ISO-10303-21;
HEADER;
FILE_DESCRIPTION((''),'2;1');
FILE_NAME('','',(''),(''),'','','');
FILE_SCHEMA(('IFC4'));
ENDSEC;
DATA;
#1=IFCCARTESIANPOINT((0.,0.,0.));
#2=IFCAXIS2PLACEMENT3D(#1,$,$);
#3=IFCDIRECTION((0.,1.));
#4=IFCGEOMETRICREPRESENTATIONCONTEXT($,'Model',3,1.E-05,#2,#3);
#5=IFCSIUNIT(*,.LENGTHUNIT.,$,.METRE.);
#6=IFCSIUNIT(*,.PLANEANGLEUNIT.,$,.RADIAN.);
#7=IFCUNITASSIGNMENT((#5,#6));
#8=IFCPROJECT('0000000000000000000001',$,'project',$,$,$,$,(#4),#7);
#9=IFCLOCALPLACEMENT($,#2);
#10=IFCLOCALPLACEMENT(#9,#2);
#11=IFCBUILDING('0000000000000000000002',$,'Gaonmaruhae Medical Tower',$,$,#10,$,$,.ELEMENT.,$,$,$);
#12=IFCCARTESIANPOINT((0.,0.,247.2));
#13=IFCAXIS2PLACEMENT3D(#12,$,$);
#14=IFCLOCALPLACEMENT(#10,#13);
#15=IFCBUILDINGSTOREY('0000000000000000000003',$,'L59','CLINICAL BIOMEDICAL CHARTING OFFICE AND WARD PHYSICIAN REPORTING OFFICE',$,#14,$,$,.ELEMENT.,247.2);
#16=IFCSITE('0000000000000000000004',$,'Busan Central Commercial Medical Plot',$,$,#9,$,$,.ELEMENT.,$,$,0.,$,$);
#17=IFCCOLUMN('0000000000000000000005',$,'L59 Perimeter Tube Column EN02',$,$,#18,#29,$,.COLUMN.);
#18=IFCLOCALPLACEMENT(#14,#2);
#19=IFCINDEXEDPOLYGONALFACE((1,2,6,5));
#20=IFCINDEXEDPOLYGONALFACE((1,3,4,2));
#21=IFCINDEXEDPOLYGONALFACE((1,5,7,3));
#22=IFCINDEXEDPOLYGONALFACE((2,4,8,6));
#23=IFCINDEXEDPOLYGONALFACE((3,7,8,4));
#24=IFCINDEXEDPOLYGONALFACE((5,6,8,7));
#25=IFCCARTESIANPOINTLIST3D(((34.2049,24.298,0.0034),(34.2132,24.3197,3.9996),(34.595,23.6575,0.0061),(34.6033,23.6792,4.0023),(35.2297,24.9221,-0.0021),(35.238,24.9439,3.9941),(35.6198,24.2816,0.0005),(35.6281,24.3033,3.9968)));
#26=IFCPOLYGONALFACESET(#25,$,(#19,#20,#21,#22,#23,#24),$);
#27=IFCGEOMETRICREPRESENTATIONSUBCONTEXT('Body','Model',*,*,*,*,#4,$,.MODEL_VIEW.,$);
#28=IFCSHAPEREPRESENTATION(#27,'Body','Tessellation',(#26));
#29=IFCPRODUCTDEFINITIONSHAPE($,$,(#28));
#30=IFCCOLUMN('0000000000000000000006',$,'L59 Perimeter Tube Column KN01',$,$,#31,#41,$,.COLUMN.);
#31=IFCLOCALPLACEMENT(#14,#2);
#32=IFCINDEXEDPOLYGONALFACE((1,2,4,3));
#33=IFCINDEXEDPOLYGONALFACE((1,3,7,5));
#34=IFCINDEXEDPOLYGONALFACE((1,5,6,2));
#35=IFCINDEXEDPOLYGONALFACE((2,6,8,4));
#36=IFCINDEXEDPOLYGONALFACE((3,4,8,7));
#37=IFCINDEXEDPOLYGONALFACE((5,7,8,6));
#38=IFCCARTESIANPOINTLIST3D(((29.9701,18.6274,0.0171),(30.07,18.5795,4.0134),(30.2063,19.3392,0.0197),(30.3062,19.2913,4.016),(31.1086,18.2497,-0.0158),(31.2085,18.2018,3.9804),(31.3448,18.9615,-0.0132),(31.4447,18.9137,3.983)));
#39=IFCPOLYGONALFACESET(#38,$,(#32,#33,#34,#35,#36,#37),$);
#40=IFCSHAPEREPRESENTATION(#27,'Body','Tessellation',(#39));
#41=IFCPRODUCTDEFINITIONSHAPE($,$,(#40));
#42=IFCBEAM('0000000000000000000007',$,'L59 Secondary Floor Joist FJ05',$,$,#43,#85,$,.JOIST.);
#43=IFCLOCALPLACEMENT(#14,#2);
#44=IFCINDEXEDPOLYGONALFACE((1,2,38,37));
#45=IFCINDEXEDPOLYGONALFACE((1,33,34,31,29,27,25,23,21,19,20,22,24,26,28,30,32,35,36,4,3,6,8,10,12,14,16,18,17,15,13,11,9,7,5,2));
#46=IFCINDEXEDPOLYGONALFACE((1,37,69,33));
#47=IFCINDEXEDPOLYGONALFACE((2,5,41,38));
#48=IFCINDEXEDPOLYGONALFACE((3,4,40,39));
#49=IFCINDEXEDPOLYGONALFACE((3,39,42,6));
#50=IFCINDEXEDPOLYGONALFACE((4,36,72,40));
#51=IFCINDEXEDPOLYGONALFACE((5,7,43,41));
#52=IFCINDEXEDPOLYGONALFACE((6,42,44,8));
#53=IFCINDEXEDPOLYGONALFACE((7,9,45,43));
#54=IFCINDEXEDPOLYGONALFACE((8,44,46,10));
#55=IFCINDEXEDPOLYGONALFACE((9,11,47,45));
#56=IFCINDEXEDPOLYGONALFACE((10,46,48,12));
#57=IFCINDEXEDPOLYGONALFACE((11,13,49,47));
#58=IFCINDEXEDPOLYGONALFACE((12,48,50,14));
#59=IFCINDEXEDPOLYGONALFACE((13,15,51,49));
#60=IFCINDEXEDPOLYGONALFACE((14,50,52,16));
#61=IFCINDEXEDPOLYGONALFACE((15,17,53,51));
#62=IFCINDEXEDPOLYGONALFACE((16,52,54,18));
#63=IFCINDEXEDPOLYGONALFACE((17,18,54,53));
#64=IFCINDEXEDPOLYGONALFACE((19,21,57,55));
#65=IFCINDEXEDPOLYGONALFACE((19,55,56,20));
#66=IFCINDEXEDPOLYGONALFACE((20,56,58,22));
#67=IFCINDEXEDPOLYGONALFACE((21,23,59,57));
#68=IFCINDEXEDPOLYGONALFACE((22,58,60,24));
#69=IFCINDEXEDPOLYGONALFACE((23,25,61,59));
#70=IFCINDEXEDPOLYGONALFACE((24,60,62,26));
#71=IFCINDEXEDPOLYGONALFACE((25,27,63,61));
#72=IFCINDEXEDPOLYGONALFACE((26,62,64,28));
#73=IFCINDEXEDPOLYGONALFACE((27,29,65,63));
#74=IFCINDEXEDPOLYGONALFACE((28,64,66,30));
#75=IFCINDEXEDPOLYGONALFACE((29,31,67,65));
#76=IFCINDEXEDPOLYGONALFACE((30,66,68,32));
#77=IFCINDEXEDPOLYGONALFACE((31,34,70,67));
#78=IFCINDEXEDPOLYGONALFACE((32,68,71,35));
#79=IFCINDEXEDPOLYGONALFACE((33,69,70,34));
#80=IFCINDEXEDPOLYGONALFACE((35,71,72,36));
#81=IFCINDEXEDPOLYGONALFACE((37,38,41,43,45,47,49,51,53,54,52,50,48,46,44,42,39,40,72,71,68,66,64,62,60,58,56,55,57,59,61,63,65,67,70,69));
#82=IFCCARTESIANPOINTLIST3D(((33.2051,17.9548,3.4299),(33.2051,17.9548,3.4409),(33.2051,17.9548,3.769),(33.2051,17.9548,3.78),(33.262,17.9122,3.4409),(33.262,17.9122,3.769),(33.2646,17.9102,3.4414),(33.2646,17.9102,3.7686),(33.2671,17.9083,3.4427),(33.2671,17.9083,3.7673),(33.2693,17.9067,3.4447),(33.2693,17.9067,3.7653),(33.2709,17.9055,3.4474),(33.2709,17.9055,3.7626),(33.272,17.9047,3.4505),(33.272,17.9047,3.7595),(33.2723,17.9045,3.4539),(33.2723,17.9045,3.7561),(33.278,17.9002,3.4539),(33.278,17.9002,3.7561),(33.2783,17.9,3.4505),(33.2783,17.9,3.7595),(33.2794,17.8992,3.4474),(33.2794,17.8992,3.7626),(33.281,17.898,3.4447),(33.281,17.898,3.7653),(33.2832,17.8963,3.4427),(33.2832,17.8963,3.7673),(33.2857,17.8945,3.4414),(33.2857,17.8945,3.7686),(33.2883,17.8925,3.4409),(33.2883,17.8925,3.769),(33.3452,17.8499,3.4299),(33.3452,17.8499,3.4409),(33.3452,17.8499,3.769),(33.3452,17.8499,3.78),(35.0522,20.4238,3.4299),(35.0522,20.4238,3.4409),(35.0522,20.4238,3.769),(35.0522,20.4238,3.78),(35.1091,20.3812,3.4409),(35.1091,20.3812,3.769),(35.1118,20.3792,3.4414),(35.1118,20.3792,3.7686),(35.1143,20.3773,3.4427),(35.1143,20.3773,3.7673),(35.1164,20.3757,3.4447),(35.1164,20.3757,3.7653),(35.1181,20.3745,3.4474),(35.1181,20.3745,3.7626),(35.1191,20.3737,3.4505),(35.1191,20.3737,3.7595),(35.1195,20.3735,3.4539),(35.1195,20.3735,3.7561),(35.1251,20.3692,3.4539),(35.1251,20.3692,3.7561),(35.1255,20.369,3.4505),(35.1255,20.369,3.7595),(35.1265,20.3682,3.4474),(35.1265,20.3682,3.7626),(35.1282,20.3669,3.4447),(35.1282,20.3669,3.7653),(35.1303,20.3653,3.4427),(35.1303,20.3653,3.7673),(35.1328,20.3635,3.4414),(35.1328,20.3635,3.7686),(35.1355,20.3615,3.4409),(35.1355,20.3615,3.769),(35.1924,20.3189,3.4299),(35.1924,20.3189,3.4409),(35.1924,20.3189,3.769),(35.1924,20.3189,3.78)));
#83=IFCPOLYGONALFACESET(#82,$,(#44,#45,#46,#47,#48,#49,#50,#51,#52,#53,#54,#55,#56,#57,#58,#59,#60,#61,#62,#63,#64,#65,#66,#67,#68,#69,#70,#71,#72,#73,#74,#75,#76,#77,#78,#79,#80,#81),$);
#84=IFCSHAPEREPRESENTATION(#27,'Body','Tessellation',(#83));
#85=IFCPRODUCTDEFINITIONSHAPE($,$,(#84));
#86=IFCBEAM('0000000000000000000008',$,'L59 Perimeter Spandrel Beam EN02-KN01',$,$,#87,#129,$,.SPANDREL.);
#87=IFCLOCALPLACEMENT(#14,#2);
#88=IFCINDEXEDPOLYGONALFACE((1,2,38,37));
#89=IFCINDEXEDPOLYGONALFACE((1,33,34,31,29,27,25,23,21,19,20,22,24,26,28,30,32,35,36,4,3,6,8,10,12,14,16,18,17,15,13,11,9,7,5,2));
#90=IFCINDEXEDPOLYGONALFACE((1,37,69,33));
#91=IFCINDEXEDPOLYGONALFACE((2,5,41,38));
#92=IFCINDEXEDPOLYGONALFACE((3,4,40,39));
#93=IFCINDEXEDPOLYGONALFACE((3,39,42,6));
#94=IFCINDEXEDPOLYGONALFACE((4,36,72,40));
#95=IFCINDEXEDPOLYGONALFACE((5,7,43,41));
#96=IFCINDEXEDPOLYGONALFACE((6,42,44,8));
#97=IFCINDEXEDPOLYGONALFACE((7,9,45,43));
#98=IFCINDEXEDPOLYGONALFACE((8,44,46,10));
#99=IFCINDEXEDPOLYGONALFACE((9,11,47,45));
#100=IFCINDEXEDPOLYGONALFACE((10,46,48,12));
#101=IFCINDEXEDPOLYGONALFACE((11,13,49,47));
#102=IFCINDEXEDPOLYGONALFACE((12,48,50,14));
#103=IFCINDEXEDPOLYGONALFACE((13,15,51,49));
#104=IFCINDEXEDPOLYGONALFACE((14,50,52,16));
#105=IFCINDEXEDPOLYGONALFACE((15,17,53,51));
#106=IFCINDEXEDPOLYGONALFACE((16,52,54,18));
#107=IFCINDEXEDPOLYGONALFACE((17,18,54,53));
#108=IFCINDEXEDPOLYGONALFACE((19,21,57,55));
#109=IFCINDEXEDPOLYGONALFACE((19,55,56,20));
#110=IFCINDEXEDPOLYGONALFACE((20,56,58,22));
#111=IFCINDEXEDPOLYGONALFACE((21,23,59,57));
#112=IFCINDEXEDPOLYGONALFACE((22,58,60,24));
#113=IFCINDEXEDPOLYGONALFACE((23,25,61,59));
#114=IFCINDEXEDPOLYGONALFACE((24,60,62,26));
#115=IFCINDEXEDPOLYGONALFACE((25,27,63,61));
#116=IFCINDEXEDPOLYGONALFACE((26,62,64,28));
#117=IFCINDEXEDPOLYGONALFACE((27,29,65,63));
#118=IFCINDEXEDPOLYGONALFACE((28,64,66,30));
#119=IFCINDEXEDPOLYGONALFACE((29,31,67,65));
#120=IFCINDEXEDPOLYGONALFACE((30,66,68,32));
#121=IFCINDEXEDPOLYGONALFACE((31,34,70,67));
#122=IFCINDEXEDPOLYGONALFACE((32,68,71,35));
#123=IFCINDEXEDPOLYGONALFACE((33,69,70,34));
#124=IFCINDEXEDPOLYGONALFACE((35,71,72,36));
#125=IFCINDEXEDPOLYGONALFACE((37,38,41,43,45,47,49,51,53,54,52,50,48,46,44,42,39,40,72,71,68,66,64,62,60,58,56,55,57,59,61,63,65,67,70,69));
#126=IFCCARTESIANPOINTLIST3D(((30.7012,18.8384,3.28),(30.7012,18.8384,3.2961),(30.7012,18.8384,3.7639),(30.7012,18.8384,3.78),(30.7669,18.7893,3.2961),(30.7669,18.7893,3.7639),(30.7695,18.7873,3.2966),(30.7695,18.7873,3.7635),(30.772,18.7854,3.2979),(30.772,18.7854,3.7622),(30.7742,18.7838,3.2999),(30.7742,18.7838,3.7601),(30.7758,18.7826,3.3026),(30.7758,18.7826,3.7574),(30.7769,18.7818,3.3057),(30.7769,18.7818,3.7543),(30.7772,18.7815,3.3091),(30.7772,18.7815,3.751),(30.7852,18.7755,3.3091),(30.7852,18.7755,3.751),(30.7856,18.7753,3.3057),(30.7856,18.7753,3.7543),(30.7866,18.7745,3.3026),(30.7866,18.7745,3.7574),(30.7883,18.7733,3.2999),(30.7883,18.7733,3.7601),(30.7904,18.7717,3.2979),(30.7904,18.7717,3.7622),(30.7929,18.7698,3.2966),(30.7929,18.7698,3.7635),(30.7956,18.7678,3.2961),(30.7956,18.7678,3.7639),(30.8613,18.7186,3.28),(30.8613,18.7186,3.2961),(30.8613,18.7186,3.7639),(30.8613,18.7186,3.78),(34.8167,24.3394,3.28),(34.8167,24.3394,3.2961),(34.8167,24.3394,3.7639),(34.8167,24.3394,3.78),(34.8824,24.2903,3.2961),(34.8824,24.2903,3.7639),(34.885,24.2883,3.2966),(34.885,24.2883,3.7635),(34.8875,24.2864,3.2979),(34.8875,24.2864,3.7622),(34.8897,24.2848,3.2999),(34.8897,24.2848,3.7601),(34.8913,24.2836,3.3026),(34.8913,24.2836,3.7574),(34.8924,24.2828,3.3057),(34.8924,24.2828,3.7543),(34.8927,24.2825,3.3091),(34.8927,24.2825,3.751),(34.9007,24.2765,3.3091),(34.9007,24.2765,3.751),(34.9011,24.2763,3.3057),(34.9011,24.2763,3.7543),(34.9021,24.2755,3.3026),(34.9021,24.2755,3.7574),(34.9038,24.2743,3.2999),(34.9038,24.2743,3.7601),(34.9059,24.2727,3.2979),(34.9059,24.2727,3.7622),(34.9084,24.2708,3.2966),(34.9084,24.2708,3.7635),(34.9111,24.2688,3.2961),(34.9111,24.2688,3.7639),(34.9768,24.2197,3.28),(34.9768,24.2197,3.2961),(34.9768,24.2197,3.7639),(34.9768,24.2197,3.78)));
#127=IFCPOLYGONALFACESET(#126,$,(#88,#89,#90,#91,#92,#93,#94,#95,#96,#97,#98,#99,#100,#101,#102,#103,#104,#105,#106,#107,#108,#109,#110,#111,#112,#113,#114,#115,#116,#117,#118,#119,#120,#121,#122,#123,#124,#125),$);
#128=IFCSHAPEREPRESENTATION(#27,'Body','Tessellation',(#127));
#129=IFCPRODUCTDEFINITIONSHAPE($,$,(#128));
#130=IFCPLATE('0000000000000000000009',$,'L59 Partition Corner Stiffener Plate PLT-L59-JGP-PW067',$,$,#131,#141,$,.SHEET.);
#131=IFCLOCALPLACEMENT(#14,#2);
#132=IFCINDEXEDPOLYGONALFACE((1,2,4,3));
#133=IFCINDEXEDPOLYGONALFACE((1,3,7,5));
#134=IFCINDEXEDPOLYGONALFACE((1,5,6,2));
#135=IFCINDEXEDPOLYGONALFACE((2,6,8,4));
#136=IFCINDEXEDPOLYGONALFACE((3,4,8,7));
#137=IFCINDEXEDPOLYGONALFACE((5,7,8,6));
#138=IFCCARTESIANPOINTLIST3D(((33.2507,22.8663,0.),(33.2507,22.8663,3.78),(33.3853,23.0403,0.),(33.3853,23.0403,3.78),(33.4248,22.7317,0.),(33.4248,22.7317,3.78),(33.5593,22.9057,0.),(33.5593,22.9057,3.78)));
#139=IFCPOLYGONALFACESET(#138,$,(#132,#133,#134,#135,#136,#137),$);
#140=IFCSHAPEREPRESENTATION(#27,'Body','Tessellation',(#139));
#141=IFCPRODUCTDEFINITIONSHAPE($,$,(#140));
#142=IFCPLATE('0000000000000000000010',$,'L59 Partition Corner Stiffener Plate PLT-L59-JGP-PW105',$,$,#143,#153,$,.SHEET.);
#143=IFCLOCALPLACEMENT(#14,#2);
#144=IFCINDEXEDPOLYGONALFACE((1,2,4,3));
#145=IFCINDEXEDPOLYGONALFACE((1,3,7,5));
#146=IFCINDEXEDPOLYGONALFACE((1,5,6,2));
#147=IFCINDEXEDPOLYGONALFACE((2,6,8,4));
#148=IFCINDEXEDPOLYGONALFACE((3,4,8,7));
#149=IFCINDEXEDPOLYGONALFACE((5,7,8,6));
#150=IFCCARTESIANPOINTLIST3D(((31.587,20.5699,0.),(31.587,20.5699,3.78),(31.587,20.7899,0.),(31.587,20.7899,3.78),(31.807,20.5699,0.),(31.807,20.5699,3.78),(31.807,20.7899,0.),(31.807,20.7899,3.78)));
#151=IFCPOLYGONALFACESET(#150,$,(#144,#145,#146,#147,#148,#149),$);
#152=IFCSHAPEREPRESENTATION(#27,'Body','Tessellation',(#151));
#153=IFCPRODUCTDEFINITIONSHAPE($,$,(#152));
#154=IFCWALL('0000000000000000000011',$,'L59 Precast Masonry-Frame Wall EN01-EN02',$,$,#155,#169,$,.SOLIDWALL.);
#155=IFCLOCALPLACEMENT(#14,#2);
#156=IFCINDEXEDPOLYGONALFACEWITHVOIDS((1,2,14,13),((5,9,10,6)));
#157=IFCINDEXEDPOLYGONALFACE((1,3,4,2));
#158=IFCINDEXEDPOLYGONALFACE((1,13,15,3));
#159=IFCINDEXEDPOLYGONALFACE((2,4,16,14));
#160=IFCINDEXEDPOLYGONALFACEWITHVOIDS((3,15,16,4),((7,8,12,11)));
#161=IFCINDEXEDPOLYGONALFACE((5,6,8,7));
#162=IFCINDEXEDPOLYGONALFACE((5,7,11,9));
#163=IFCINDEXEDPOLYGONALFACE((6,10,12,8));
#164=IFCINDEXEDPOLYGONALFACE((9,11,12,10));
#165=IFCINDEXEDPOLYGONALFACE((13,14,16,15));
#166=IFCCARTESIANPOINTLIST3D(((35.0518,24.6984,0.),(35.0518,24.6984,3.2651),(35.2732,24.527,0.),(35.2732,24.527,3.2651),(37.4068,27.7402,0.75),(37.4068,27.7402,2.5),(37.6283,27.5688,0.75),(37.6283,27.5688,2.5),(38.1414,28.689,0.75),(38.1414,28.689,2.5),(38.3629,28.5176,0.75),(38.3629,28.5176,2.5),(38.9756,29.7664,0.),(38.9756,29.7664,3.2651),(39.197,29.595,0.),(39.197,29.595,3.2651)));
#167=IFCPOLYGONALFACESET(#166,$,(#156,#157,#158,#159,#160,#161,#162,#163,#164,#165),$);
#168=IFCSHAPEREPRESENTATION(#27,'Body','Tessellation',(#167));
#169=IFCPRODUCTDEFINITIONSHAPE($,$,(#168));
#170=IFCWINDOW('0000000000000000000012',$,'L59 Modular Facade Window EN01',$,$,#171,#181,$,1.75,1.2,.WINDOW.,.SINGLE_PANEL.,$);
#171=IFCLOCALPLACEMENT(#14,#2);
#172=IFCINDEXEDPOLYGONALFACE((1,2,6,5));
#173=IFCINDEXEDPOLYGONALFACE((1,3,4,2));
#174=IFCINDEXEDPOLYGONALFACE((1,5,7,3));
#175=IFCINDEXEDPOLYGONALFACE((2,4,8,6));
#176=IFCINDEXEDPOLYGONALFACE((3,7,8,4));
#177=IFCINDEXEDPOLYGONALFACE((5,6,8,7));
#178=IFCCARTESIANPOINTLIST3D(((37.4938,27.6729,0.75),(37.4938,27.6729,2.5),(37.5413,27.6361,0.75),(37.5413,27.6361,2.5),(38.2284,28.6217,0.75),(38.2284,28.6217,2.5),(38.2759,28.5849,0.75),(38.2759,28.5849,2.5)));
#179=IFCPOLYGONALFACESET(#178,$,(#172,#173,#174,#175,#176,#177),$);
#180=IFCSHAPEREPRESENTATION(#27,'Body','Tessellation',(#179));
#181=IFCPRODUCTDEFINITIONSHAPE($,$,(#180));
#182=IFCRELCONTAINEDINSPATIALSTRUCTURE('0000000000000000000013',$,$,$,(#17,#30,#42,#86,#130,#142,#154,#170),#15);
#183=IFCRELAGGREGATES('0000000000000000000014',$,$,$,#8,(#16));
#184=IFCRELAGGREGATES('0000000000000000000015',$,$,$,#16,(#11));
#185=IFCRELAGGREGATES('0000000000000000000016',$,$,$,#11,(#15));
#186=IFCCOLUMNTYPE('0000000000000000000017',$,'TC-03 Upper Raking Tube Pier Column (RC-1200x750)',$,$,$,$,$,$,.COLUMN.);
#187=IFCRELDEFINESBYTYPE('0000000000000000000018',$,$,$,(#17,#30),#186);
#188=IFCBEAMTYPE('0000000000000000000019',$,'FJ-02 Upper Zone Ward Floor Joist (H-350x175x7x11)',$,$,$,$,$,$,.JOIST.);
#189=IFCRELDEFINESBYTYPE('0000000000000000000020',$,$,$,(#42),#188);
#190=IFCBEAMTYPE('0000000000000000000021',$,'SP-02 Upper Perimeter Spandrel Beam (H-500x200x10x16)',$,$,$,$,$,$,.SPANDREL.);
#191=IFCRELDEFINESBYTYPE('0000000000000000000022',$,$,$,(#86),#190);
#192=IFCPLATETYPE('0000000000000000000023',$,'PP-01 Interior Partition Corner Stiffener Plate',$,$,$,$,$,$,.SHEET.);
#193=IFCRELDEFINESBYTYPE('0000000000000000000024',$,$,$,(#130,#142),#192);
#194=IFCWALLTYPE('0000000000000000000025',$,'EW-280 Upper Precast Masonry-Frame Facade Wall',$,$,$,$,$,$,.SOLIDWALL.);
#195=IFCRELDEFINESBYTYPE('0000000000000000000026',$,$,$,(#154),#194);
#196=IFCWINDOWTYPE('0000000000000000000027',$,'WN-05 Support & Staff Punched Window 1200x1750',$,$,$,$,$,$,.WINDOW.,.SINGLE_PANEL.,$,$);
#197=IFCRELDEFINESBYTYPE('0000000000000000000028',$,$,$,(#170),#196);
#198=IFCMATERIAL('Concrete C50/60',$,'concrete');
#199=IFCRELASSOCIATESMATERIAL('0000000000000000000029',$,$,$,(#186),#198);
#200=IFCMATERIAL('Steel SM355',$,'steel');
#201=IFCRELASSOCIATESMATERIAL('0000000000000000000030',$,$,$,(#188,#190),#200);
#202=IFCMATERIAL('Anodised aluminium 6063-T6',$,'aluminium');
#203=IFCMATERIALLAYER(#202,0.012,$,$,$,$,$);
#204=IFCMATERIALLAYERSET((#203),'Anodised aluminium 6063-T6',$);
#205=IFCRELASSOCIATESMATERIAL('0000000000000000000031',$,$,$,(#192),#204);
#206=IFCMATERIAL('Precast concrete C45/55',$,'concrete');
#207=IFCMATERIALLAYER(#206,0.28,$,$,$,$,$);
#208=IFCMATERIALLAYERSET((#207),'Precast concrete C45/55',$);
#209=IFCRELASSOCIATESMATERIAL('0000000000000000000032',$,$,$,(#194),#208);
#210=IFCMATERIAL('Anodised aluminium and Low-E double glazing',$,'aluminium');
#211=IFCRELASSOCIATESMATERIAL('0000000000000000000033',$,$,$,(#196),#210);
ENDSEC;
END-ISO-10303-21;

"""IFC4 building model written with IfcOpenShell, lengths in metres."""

from ifc_helpers import new_model, si_unit, direction, frame, frame_2d, origin, origin_2d, place, context, subcontext, project, spatial, rectangle, i_section, extrude, material, layer, layer_set, material_profile, profile_set, type_object, element, fill, save


model = new_model("IFC4")

# Units and contexts
model_context = context("Model", 3, precision=1e-05, world=origin(), true_north=direction((0.0, 1.0)))
body_context = subcontext(model_context, "Body", "Model", "MODEL_VIEW")
ifc_project = project(units=[si_unit("LENGTHUNIT", "METRE"), si_unit("PLANEANGLEUNIT", "RADIAN")], contexts=[model_context])

# Site, building, storey
site_placement = place(None, origin())
site = spatial("IfcSite", under=ifc_project, at=site_placement, Name="Busan Central Commercial Medical Plot", CompositionType="ELEMENT", RefElevation=0.0)
building_placement = place(site_placement, origin())
building = spatial("IfcBuilding", under=site, at=building_placement, Name="Gaonmaruhae Medical Tower", CompositionType="ELEMENT")
storey_placement = place(building_placement, frame((0.0, 0.0, 247.2)))
storey = spatial("IfcBuildingStorey", under=building, at=storey_placement, Name="L59", Description="CLINICAL BIOMEDICAL CHARTING OFFICE AND WARD PHYSICIAN REPORTING OFFICE", CompositionType="ELEMENT", Elevation=247.2)

# Columns
ifc_material_1 = material(Name="Concrete C50/60", Category="concrete")
ifc_material_profile_1 = material_profile(ifc_material_1, rectangle(XDim=1.2, YDim=0.75, at=origin_2d()), Name="RC-1200x750")
ifc_profile_set_1 = profile_set([ifc_material_profile_1], Name="Concrete C50/60")
column_type = type_object("IfcColumnType", Name="TC-03 Upper Raking Tube Pier Column (RC-1200x750)", PredefinedType="COLUMN", material=ifc_profile_set_1)
column_1_placement = place(storey_placement, frame((34.9124, 24.2898, 0.002), z_axis=(0.002077, 0.005437, 0.999983), x_axis=(-0.854073, -0.520133, 0.004602)))
element("IfcColumn", 1, at=column_1_placement, inside=storey, type_object=column_type, Name="L59 Perimeter Tube Column EN02", PredefinedType="COLUMN", context=body_context, shape_type="SweptSolid", body=[
    extrude(rectangle(XDim=1.2, YDim=0.75, at=origin_2d()), origin(), (0.0, 0.0, 1.0), 3.9963),
])
column_2_placement = place(storey_placement, frame((30.6575, 18.7944, 0.002), z_axis=(0.024977, -0.011969, 0.999616), x_axis=(-0.948783, 0.314732, 0.027475)))
element("IfcColumn", 2, at=column_2_placement, inside=storey, type_object=column_type, Name="L59 Perimeter Tube Column KN01", PredefinedType="COLUMN", context=body_context, shape_type="SweptSolid", body=[
    extrude(rectangle(XDim=1.2, YDim=0.75, at=origin_2d()), origin(), (0.0, 0.0, 1.0), 3.9978),
])

# Beams
ifc_material_2 = material(Name="Steel SM355", Category="steel")
ifc_material_profile_2 = material_profile(ifc_material_2, i_section(OverallWidth=0.175, OverallDepth=0.3501, WebThickness=0.0071, FlangeThickness=0.011, FilletRadius=0.0129, at=origin_2d()), Name="H-350x175x7x11")
ifc_profile_set_2 = profile_set([ifc_material_profile_2], Name="Steel SM355")
beam_type_1 = type_object("IfcBeamType", Name="FJ-02 Upper Zone Ward Floor Joist (H-350x175x7x11)", PredefinedType="JOIST", material=ifc_profile_set_2)
beam_1_placement = place(storey_placement, frame((35.1223, 20.3713, 3.605), z_axis=(-0.599049, -0.800712, 0.0), x_axis=(0.800712, -0.599049, 0.0)))
element("IfcBeam", 3, at=beam_1_placement, inside=storey, type_object=beam_type_1, Name="L59 Secondary Floor Joist FJ05", PredefinedType="JOIST", context=body_context, shape_type="SweptSolid", body=[
    extrude(i_section(OverallWidth=0.175, OverallDepth=0.3501, WebThickness=0.0071, FlangeThickness=0.011, FilletRadius=0.0129, at=origin_2d()), origin(), (0.0, 0.0, 1.0), 3.0835),
])
ifc_material_profile_3 = material_profile(ifc_material_2, i_section(OverallWidth=0.2, OverallDepth=0.5, WebThickness=0.01, FlangeThickness=0.0161, FilletRadius=0.0129, at=origin_2d()), Name="H-500x200x10x16")
ifc_profile_set_3 = profile_set([ifc_material_profile_3], Name="Steel SM355")
beam_type_2 = type_object("IfcBeamType", Name="SP-02 Upper Perimeter Spandrel Beam (H-500x200x10x16)", PredefinedType="SPANDREL", material=ifc_profile_set_3)
beam_2_placement = place(storey_placement, frame((34.8967, 24.2795, 3.53), z_axis=(-0.599044, -0.800716, 0.0), x_axis=(0.800716, -0.599044, 0.0)))
element("IfcBeam", 4, at=beam_2_placement, inside=storey, type_object=beam_type_2, Name="L59 Perimeter Spandrel Beam EN02-KN01", PredefinedType="SPANDREL", context=body_context, shape_type="SweptSolid", body=[
    extrude(i_section(OverallWidth=0.2, OverallDepth=0.5, WebThickness=0.01, FlangeThickness=0.0161, FilletRadius=0.0129, at=origin_2d()), origin(), (0.0, 0.0, 1.0), 6.8701),
])

# Plates
ifc_material_3 = material(Name="Anodised aluminium 6063-T6", Category="aluminium")
ifc_layer_1 = layer(ifc_material_3, 0.012)
ifc_layer_set_1 = layer_set([ifc_layer_1], Name="Anodised aluminium 6063-T6")
plate_type = type_object("IfcPlateType", Name="PP-01 Interior Partition Corner Stiffener Plate", PredefinedType="SHEET", material=ifc_layer_set_1)
for number, where, z_axis, x_axis, name in (
    (5, (33.405, 22.886, 0.0), (0.0, 0.0, 1.0), (-0.791085, 0.611707, 0.0), "L59 Partition Corner Stiffener Plate PLT-L59-JGP-PW067"),
    (6, (31.697, 20.6799, 0.0), (0.0, 0.0, 1.0), (-1.0, 0.0, 0.0), "L59 Partition Corner Stiffener Plate PLT-L59-JGP-PW105"),
):
    element("IfcPlate", number, at=place(storey_placement, frame(where, z_axis=z_axis, x_axis=x_axis)), inside=storey, type_object=plate_type, Name=name, PredefinedType="SHEET", context=body_context, shape_type="SweptSolid", body=[
        extrude(rectangle(XDim=0.22, YDim=0.22, at=origin_2d()), origin(), (0.0, 0.0, 1.0), 3.78),
    ])

# Wall, opening, window
ifc_material_4 = material(Name="Precast concrete C45/55", Category="concrete")
ifc_layer_2 = layer(ifc_material_4, 0.28)
ifc_layer_set_2 = layer_set([ifc_layer_2], Name="Precast concrete C45/55")
wall_type_1 = type_object("IfcWallType", Name="EW-280 Upper Precast Masonry-Frame Facade Wall", PredefinedType="SOLIDWALL", material=ifc_layer_set_2)
wall_1_placement = place(storey_placement, frame((35.1626, 24.6128, 0.0), z_axis=(0.0, 0.0, 1.0), x_axis=(0.612185, 0.790714, 0.0)))
wall_1 = element("IfcWall", 7, at=wall_1_placement, inside=storey, type_object=wall_type_1, Name="L59 Precast Masonry-Frame Wall EN01-EN02", PredefinedType="SOLIDWALL", context=body_context, shape_type="SweptSolid", body=[
    extrude(rectangle(XDim=6.4094, YDim=0.28, at=frame_2d((3.2046, 0.0))), origin(), (0.0, 0.0, 1.0), 3.2651),
])
opening_1_placement = place(wall_1_placement, frame((3.8467, 0.0, 0.75)))
opening_1 = element("IfcOpeningElement", 8, at=opening_1_placement, cuts=wall_1, PredefinedType="OPENING", context=body_context, shape_type="SweptSolid", body=[
    extrude(rectangle(XDim=1.2, YDim=1.75, at=frame_2d((0.6001, 0.875))), frame((0.0, 0.1499, 0.0), z_axis=(0.0, -1.0, 0.0), x_axis=(1.0, 0.0, 0.0)), (0.0, 0.0, 1.0), 0.3),
])
ifc_material_5 = material(Name="Anodised aluminium and Low-E double glazing", Category="aluminium")
window_type = type_object("IfcWindowType", Name="WN-05 Support & Staff Punched Window 1200x1750", PartitioningType="SINGLE_PANEL", PredefinedType="WINDOW", material=ifc_material_5)
window_placement = place(opening_1_placement, origin())
window = element("IfcWindow", 9, at=window_placement, inside=storey, type_object=window_type, Name="L59 Modular Facade Window EN01", OverallHeight=1.75, OverallWidth=1.2, PartitioningType="SINGLE_PANEL", PredefinedType="WINDOW", context=body_context, shape_type="SweptSolid", body=[
    extrude(rectangle(XDim=1.2, YDim=1.75, at=frame_2d((0.6001, 0.875))), frame((0.0, 0.03, 0.0), z_axis=(0.0, -1.0, 0.0), x_axis=(1.0, 0.0, 0.0)), (0.0, 0.0, 1.0), 0.0601),
])
fill(opening_1, window)

save(model, "model.ifc")
